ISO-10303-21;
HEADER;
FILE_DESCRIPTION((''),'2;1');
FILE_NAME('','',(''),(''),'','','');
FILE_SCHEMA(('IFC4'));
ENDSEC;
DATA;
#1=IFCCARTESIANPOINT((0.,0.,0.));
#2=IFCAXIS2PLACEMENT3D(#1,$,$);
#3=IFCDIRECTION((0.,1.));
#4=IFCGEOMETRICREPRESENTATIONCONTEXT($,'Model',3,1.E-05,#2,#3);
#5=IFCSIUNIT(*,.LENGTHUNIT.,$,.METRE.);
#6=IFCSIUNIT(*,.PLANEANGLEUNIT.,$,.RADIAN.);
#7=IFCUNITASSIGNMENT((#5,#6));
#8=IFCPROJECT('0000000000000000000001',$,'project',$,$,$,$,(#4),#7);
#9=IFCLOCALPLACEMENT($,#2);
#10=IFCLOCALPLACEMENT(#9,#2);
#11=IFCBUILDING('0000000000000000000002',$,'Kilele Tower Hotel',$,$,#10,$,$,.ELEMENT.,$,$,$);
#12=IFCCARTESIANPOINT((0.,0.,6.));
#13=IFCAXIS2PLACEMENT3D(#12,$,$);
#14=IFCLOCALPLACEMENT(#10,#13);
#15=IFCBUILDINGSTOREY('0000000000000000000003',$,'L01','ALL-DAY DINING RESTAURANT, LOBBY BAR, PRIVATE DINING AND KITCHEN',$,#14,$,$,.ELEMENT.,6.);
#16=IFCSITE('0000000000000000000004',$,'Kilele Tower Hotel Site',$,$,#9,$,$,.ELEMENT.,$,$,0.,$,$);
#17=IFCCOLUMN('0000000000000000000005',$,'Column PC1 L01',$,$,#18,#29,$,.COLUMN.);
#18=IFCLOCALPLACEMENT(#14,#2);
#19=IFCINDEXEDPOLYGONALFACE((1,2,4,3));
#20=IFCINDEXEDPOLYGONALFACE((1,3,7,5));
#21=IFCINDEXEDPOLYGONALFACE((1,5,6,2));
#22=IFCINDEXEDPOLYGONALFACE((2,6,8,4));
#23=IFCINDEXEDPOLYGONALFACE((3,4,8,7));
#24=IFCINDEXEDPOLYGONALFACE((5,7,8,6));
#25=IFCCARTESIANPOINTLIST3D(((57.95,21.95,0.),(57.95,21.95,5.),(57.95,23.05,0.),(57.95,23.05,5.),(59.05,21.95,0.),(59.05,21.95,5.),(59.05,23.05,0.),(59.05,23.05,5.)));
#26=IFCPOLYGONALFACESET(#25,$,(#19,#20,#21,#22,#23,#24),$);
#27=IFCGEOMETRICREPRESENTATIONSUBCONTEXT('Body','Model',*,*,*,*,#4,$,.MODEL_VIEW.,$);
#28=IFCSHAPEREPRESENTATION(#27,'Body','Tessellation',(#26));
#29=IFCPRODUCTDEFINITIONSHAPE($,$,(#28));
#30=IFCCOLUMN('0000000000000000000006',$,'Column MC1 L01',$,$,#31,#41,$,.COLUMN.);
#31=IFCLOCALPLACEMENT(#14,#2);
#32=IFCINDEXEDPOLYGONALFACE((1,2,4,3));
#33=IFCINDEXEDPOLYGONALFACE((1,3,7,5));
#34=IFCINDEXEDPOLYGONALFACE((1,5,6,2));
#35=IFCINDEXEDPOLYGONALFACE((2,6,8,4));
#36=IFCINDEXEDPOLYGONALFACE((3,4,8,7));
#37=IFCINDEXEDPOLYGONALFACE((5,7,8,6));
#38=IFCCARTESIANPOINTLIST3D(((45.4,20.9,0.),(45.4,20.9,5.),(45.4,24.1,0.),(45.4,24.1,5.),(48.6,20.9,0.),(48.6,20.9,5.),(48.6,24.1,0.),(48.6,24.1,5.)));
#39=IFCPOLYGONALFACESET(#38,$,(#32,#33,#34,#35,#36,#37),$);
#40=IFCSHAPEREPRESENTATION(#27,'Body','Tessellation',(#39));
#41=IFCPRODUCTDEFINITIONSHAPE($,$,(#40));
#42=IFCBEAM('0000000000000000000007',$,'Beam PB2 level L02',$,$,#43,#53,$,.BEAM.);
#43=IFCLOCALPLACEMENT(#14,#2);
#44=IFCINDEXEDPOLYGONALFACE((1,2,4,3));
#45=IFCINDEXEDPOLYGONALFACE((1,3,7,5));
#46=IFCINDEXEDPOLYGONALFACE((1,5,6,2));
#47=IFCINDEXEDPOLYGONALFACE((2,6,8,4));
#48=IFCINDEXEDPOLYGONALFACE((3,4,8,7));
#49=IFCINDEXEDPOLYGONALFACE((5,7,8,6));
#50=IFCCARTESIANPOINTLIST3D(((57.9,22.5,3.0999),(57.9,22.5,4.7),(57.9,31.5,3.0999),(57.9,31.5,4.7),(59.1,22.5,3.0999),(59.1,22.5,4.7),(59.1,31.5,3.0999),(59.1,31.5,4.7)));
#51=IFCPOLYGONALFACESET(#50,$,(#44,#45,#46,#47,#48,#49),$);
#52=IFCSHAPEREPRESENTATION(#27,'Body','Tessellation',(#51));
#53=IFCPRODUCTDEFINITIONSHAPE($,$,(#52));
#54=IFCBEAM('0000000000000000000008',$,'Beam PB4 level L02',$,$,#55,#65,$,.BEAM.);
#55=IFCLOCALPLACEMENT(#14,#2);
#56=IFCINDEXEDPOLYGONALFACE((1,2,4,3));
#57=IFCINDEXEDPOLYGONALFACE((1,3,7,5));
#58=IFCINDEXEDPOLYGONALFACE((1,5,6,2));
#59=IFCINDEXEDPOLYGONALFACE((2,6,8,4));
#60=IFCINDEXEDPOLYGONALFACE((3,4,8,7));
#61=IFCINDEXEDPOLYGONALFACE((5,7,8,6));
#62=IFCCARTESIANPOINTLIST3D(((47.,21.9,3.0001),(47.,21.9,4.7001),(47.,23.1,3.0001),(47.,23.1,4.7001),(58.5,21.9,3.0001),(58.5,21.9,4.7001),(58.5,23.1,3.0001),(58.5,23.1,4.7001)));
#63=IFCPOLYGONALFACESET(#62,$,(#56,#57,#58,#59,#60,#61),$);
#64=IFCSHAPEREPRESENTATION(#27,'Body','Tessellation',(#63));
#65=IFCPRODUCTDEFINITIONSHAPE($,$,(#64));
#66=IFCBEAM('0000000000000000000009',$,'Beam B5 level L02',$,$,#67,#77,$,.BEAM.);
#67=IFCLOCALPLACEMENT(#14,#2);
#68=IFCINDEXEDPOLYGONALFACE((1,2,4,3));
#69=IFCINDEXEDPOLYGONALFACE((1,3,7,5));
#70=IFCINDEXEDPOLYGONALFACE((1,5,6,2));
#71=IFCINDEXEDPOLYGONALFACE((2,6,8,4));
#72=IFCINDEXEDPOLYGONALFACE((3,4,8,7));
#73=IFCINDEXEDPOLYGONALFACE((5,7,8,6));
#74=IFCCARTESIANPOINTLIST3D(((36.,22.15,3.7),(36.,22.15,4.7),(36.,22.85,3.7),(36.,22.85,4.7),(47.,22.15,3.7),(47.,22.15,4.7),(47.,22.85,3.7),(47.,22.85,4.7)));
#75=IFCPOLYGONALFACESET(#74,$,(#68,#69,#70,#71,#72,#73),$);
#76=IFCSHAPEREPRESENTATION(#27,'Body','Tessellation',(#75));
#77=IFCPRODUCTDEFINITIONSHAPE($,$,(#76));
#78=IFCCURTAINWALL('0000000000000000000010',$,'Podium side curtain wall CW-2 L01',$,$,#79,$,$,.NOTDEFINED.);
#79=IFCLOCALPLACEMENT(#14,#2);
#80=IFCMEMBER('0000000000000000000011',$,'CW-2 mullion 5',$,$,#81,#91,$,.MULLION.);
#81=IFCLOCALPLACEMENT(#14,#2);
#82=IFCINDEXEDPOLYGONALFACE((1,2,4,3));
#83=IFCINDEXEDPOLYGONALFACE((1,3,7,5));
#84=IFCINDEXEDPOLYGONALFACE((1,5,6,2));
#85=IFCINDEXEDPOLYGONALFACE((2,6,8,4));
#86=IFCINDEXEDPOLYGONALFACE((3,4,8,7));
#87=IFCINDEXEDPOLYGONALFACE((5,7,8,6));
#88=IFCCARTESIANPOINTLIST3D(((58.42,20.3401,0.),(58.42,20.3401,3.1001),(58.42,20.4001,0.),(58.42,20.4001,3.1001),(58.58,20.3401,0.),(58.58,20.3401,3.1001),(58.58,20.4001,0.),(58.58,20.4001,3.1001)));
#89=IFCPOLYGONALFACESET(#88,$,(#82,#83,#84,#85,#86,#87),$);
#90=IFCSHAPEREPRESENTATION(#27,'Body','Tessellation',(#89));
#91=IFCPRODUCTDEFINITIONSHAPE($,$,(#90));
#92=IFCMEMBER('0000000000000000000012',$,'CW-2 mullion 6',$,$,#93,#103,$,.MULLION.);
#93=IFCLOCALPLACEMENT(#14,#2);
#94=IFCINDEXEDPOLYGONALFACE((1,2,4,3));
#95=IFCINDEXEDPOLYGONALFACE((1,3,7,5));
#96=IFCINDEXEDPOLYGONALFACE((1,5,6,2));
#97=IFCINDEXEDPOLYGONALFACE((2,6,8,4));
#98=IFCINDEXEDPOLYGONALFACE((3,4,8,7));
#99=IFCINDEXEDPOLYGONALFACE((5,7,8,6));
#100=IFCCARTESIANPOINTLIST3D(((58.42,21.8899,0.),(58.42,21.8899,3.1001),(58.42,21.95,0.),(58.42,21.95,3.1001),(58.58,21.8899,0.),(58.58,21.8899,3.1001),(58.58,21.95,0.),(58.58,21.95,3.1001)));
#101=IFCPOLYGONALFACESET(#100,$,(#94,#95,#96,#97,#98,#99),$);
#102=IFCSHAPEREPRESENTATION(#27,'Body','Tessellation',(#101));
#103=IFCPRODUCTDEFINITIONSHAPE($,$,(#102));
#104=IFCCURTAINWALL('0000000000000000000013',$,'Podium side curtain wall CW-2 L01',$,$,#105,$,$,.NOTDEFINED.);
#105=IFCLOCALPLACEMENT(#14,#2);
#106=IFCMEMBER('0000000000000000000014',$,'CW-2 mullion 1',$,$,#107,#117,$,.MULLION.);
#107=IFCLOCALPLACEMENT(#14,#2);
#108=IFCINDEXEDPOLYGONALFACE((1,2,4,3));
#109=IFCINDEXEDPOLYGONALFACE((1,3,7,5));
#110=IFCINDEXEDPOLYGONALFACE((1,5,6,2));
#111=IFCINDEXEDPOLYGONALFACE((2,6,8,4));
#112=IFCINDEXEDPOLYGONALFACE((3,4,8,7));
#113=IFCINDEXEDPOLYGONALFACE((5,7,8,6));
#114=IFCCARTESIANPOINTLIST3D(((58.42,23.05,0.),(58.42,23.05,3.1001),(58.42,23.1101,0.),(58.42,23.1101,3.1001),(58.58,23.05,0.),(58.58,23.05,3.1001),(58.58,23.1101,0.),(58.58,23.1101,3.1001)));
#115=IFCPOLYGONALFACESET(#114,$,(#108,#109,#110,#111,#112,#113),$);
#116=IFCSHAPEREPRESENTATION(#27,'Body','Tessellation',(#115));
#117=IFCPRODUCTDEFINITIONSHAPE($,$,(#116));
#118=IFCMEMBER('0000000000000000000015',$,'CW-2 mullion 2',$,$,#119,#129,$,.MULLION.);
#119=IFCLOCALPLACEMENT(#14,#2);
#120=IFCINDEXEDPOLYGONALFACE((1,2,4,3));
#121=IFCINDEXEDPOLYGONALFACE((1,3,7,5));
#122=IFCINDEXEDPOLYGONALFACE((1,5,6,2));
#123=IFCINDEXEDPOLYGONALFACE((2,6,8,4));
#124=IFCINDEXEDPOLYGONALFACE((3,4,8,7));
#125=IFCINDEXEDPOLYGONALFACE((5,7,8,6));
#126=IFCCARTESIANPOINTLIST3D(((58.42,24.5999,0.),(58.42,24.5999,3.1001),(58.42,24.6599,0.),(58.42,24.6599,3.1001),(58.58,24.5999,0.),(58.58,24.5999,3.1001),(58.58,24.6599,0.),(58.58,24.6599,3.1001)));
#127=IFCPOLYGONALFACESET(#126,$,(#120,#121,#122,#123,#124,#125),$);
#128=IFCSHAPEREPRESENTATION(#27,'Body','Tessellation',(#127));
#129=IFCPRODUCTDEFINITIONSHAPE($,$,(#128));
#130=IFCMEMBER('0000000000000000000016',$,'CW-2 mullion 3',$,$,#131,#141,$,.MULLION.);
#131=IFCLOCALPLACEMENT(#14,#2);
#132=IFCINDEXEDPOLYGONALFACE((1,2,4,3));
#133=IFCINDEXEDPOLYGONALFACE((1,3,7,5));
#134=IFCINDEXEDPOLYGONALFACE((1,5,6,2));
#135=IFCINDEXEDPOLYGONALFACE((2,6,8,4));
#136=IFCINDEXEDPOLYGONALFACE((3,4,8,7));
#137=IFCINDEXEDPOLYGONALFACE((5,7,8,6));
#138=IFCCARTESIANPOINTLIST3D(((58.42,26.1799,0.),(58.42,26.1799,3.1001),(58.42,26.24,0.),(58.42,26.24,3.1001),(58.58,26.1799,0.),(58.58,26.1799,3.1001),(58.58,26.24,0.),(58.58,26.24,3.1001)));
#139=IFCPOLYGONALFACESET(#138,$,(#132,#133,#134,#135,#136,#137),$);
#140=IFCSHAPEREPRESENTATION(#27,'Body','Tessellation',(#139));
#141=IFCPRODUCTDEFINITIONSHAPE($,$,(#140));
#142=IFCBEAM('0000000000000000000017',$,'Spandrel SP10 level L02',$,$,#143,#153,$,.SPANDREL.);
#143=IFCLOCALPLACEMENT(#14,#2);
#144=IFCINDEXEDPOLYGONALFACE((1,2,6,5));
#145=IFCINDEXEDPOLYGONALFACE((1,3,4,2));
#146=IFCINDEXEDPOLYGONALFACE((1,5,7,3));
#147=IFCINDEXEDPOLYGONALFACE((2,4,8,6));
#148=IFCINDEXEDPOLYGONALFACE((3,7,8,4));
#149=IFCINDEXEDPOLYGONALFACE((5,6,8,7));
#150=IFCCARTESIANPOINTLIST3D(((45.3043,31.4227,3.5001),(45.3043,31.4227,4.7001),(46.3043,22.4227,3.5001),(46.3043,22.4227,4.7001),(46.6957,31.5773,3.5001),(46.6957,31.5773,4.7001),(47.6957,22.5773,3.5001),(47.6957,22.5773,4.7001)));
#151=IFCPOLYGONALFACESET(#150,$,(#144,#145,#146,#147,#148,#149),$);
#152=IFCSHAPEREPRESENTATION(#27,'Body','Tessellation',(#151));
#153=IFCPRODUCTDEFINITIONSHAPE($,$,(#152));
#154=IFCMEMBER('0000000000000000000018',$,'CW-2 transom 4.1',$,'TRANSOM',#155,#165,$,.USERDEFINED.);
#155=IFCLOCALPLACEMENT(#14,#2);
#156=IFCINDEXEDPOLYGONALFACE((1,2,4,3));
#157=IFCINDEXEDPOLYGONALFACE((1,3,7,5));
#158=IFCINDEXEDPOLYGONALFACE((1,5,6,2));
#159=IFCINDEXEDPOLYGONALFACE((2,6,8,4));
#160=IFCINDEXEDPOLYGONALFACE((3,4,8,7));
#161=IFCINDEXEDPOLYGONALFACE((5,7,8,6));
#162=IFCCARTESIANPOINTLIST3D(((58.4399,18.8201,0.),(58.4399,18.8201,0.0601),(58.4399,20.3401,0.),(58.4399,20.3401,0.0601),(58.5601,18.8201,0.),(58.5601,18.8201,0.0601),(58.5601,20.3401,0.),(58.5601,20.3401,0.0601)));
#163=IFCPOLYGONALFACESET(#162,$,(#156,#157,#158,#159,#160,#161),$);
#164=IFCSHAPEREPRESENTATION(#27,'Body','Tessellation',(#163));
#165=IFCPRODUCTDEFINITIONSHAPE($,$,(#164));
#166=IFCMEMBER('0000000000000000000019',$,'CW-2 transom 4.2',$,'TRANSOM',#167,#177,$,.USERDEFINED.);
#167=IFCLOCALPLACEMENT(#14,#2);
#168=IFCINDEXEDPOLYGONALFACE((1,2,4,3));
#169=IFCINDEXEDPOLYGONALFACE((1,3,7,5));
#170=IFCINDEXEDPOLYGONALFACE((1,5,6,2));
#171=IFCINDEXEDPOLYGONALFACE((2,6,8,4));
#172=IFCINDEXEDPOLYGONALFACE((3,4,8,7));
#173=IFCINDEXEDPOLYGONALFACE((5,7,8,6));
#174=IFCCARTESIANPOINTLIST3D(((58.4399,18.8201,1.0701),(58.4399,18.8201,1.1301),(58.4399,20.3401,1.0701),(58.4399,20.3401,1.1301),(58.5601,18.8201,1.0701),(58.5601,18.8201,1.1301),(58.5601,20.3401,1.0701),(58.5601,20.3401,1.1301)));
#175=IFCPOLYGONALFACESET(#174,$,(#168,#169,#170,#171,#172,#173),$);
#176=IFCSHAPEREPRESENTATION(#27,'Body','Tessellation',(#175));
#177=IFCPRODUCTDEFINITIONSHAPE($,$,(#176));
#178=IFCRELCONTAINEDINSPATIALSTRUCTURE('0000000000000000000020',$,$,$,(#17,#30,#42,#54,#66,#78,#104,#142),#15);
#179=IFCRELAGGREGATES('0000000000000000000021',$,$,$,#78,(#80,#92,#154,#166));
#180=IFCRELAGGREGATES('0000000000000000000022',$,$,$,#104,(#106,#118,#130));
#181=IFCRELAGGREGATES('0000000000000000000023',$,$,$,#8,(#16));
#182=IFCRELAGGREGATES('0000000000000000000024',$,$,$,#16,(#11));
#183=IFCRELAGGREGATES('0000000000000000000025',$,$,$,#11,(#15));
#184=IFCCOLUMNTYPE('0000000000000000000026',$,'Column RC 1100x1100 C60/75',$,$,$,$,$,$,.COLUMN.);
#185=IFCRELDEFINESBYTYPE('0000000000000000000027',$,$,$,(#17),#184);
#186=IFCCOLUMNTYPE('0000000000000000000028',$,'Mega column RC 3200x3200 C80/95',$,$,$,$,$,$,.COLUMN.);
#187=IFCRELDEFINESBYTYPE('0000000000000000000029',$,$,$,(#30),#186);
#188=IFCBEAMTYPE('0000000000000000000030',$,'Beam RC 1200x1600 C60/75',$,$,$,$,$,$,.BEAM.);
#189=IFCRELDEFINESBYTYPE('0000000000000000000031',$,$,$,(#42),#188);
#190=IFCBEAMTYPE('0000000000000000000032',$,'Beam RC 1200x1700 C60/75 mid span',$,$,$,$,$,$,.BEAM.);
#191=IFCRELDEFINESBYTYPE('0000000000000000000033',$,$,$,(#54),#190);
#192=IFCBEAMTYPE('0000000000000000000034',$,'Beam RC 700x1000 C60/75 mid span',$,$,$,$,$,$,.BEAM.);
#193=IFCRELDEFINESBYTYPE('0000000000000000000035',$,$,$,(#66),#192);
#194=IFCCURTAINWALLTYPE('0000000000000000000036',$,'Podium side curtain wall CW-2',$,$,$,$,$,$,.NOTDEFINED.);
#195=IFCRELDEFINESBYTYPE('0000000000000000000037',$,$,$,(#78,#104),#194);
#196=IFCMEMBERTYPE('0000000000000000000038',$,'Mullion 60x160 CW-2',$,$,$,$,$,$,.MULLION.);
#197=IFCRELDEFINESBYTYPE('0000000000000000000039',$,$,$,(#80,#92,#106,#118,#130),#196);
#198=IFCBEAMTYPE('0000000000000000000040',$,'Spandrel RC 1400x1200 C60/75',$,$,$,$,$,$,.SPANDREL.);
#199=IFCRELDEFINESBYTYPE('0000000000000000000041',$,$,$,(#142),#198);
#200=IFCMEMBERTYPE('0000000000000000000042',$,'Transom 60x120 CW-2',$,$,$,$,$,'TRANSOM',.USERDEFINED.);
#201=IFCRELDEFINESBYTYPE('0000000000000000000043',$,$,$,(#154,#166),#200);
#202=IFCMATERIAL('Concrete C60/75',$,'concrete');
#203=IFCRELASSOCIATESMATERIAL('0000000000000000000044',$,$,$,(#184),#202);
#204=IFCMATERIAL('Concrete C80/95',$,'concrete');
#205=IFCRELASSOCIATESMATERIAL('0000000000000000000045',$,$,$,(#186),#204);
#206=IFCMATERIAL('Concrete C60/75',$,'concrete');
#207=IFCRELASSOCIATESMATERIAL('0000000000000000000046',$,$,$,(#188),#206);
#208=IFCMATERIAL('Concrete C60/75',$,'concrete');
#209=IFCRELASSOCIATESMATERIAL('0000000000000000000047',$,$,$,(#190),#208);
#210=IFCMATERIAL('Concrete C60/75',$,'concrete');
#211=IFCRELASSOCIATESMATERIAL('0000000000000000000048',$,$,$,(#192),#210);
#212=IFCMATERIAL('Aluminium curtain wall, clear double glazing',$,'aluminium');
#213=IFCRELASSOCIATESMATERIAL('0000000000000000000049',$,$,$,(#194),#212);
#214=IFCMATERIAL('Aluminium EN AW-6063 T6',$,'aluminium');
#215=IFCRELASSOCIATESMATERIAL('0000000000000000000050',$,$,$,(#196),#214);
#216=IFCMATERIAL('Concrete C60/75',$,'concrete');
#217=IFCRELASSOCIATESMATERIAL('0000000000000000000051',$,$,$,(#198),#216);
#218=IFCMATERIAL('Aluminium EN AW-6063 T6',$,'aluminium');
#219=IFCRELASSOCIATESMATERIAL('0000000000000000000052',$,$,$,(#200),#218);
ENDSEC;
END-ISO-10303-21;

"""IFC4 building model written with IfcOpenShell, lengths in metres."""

from ifc_helpers import new_model, si_unit, direction, frame, origin, origin_2d, place, context, subcontext, project, spatial, rectangle, extrude, material, material_profile, profile_set, type_object, element, aggregate, save


model = new_model("IFC4")

# Units and contexts
model_context = context("Model", 3, precision=1e-05, world=origin(), true_north=direction((0.0, 1.0)))
body_context = subcontext(model_context, "Body", "Model", "MODEL_VIEW")
ifc_project = project(units=[si_unit("LENGTHUNIT", "METRE"), si_unit("PLANEANGLEUNIT", "RADIAN")], contexts=[model_context])

# Site, building, storey
site_placement = place(None, origin())
site = spatial("IfcSite", under=ifc_project, at=site_placement, Name="Kilele Tower Hotel Site", CompositionType="ELEMENT", RefElevation=0.0)
building_placement = place(site_placement, origin())
building = spatial("IfcBuilding", under=site, at=building_placement, Name="Kilele Tower Hotel", CompositionType="ELEMENT")
storey_placement = place(building_placement, frame((0.0, 0.0, 6.0)))
storey = spatial("IfcBuildingStorey", under=building, at=storey_placement, Name="L01", Description="ALL-DAY DINING RESTAURANT, LOBBY BAR, PRIVATE DINING AND KITCHEN", CompositionType="ELEMENT", Elevation=6.0)

# Columns
ifc_material_1 = material(Name="Concrete C60/75", Category="concrete")
ifc_material_profile_1 = material_profile(ifc_material_1, rectangle(XDim=1.1001, YDim=1.1001, at=origin_2d()))
ifc_profile_set_1 = profile_set([ifc_material_profile_1], Name="Concrete C60/75")
column_type_1 = type_object("IfcColumnType", Name="Column RC 1100x1100 C60/75", PredefinedType="COLUMN", material=ifc_profile_set_1)
column_1_placement = place(storey_placement, frame((58.5, 22.5, 0.0), z_axis=(0.0, 0.0, 1.0), x_axis=(1.0, 0.0, 0.0)))
element("IfcColumn", 1, at=column_1_placement, inside=storey, type_object=column_type_1, Name="Column PC1 L01", PredefinedType="COLUMN", context=body_context, shape_type="SweptSolid", body=[
    extrude(rectangle(XDim=1.1001, YDim=1.1001, at=origin_2d()), origin(), (0.0, 0.0, 1.0), 5.0),
])
ifc_material_2 = material(Name="Concrete C80/95", Category="concrete")
ifc_material_profile_2 = material_profile(ifc_material_2, rectangle(XDim=3.2, YDim=3.2, at=origin_2d()))
ifc_profile_set_2 = profile_set([ifc_material_profile_2], Name="Concrete C80/95")
column_type_2 = type_object("IfcColumnType", Name="Mega column RC 3200x3200 C80/95", PredefinedType="COLUMN", material=ifc_profile_set_2)
column_2_placement = place(storey_placement, frame((47.0, 22.5, 0.0), z_axis=(0.0, 0.0, 1.0), x_axis=(1.0, 0.0, 0.0)))
element("IfcColumn", 2, at=column_2_placement, inside=storey, type_object=column_type_2, Name="Column MC1 L01", PredefinedType="COLUMN", context=body_context, shape_type="SweptSolid", body=[
    extrude(rectangle(XDim=3.2, YDim=3.2, at=origin_2d()), origin(), (0.0, 0.0, 1.0), 5.0),
])

# Beams
ifc_material_3 = material(Name="Concrete C60/75", Category="concrete")
ifc_material_profile_3 = material_profile(ifc_material_3, rectangle(XDim=1.2, YDim=1.6001, at=origin_2d()))
ifc_profile_set_3 = profile_set([ifc_material_profile_3], Name="Concrete C60/75")
beam_type_1 = type_object("IfcBeamType", Name="Beam RC 1200x1600 C60/75", PredefinedType="BEAM", material=ifc_profile_set_3)
beam_1_placement = place(storey_placement, frame((58.5, 22.5, 3.8999), z_axis=(0.0, 1.0, 0.0), x_axis=(-1.0, 0.0, 0.0)))
element("IfcBeam", 3, at=beam_1_placement, inside=storey, type_object=beam_type_1, Name="Beam PB2 level L02", PredefinedType="BEAM", context=body_context, shape_type="SweptSolid", body=[
    extrude(rectangle(XDim=1.2, YDim=1.6001, at=origin_2d()), origin(), (0.0, 0.0, 1.0), 9.0),
])
ifc_material_4 = material(Name="Concrete C60/75", Category="concrete")
ifc_material_profile_4 = material_profile(ifc_material_4, rectangle(XDim=1.2, YDim=1.7, at=origin_2d()))
ifc_profile_set_4 = profile_set([ifc_material_profile_4], Name="Concrete C60/75")
beam_type_2 = type_object("IfcBeamType", Name="Beam RC 1200x1700 C60/75 mid span", PredefinedType="BEAM", material=ifc_profile_set_4)
beam_2_placement = place(storey_placement, frame((47.0, 22.5, 3.8501), z_axis=(1.0, 0.0, 0.0), x_axis=(0.0, 1.0, 0.0)))
element("IfcBeam", 4, at=beam_2_placement, inside=storey, type_object=beam_type_2, Name="Beam PB4 level L02", PredefinedType="BEAM", context=body_context, shape_type="SweptSolid", body=[
    extrude(rectangle(XDim=1.2, YDim=1.7, at=origin_2d()), origin(), (0.0, 0.0, 1.0), 11.5),
])
ifc_material_5 = material(Name="Concrete C60/75", Category="concrete")
ifc_material_profile_5 = material_profile(ifc_material_5, rectangle(XDim=0.7, YDim=1.0, at=origin_2d()))
ifc_profile_set_5 = profile_set([ifc_material_profile_5], Name="Concrete C60/75")
beam_type_3 = type_object("IfcBeamType", Name="Beam RC 700x1000 C60/75 mid span", PredefinedType="BEAM", material=ifc_profile_set_5)
beam_3_placement = place(storey_placement, frame((47.0, 22.5, 4.2), z_axis=(-1.0, 0.0, 0.0), x_axis=(0.0, -1.0, 0.0)))
element("IfcBeam", 5, at=beam_3_placement, inside=storey, type_object=beam_type_3, Name="Beam B5 level L02", PredefinedType="BEAM", context=body_context, shape_type="SweptSolid", body=[
    extrude(rectangle(XDim=0.7, YDim=1.0, at=origin_2d()), origin(), (0.0, 0.0, 1.0), 11.0),
])

# Curtain walls, members
ifc_material_6 = material(Name="Aluminium curtain wall, clear double glazing", Category="aluminium")
curtain_wall_type = type_object("IfcCurtainWallType", Name="Podium side curtain wall CW-2", PredefinedType="NOTDEFINED", material=ifc_material_6)
curtain_wall_1_placement = place(storey_placement, origin())
curtain_wall_1 = element("IfcCurtainWall", 6, at=curtain_wall_1_placement, inside=storey, type_object=curtain_wall_type, Name="Podium side curtain wall CW-2 L01", PredefinedType="NOTDEFINED")
ifc_material_7 = material(Name="Aluminium EN AW-6063 T6", Category="aluminium")
ifc_material_profile_6 = material_profile(ifc_material_7, rectangle(XDim=0.1599, YDim=0.0601, at=origin_2d()))
ifc_profile_set_6 = profile_set([ifc_material_profile_6], Name="Aluminium EN AW-6063 T6")
member_type_1 = type_object("IfcMemberType", Name="Mullion 60x160 CW-2", PredefinedType="MULLION", material=ifc_profile_set_6)
member_1_placement = place(storey_placement, frame((58.5, 20.3701, 0.0), z_axis=(0.0, 0.0, 1.0), x_axis=(-1.0, 0.0, 0.0)))
member_1 = element("IfcMember", 7, at=member_1_placement, type_object=member_type_1, Name="CW-2 mullion 5", PredefinedType="MULLION", context=body_context, shape_type="SweptSolid", body=[
    extrude(rectangle(XDim=0.1599, YDim=0.0601, at=origin_2d()), origin(), (0.0, 0.0, 1.0), 3.1001),
])
member_2_placement = place(storey_placement, frame((58.5, 21.9199, 0.0), z_axis=(0.0, 0.0, 1.0), x_axis=(-1.0, 0.0, 0.0)))
member_2 = element("IfcMember", 8, at=member_2_placement, type_object=member_type_1, Name="CW-2 mullion 6", PredefinedType="MULLION", context=body_context, shape_type="SweptSolid", body=[
    extrude(rectangle(XDim=0.1599, YDim=0.0601, at=origin_2d()), origin(), (0.0, 0.0, 1.0), 3.1001),
])
curtain_wall_2_placement = place(storey_placement, origin())
curtain_wall_2 = element("IfcCurtainWall", 9, at=curtain_wall_2_placement, inside=storey, type_object=curtain_wall_type, Name="Podium side curtain wall CW-2 L01", PredefinedType="NOTDEFINED")
member_3_placement = place(storey_placement, frame((58.5, 23.0801, 0.0), z_axis=(0.0, 0.0, 1.0), x_axis=(-1.0, 0.0, 0.0)))
member_3 = element("IfcMember", 10, at=member_3_placement, type_object=member_type_1, Name="CW-2 mullion 1", PredefinedType="MULLION", context=body_context, shape_type="SweptSolid", body=[
    extrude(rectangle(XDim=0.1599, YDim=0.0601, at=origin_2d()), origin(), (0.0, 0.0, 1.0), 3.1001),
])
member_4_placement = place(storey_placement, frame((58.5, 24.6299, 0.0), z_axis=(0.0, 0.0, 1.0), x_axis=(-1.0, 0.0, 0.0)))
member_4 = element("IfcMember", 11, at=member_4_placement, type_object=member_type_1, Name="CW-2 mullion 2", PredefinedType="MULLION", context=body_context, shape_type="SweptSolid", body=[
    extrude(rectangle(XDim=0.1599, YDim=0.0601, at=origin_2d()), origin(), (0.0, 0.0, 1.0), 3.1001),
])
member_5_placement = place(storey_placement, frame((58.5, 26.21, 0.0), z_axis=(0.0, 0.0, 1.0), x_axis=(-1.0, 0.0, 0.0)))
member_5 = element("IfcMember", 12, at=member_5_placement, type_object=member_type_1, Name="CW-2 mullion 3", PredefinedType="MULLION", context=body_context, shape_type="SweptSolid", body=[
    extrude(rectangle(XDim=0.1599, YDim=0.0601, at=origin_2d()), origin(), (0.0, 0.0, 1.0), 3.1001),
])

# Beam
ifc_material_8 = material(Name="Concrete C60/75", Category="concrete")
ifc_material_profile_7 = material_profile(ifc_material_8, rectangle(XDim=1.3999, YDim=1.2, at=origin_2d()))
ifc_profile_set_7 = profile_set([ifc_material_profile_7], Name="Concrete C60/75")
beam_type_4 = type_object("IfcBeamType", Name="Spandrel RC 1400x1200 C60/75", PredefinedType="SPANDREL", material=ifc_profile_set_7)
beam_4_placement = place(storey_placement, frame((47.0, 22.5, 4.1001), z_axis=(-0.110432, 0.993884, 0.0), x_axis=(-0.993884, -0.110432, 0.0)))
element("IfcBeam", 13, at=beam_4_placement, inside=storey, type_object=beam_type_4, Name="Spandrel SP10 level L02", PredefinedType="SPANDREL", context=body_context, shape_type="SweptSolid", body=[
    extrude(rectangle(XDim=1.3999, YDim=1.2, at=origin_2d()), origin(), (0.0, 0.0, 1.0), 9.0554),
])

# Members
ifc_material_9 = material(Name="Aluminium EN AW-6063 T6", Category="aluminium")
ifc_material_profile_8 = material_profile(ifc_material_9, rectangle(XDim=0.1201, YDim=0.0601, at=origin_2d()))
ifc_profile_set_8 = profile_set([ifc_material_profile_8], Name="Aluminium EN AW-6063 T6")
member_type_2 = type_object("IfcMemberType", Name="Transom 60x120 CW-2", ElementType="TRANSOM", PredefinedType="USERDEFINED", material=ifc_profile_set_8)
member_6_placement = place(storey_placement, frame((58.5, 18.8201, 0.03), z_axis=(0.0, 1.0, 0.0), x_axis=(-1.0, 0.0, 0.0)))
member_6 = element("IfcMember", 14, at=member_6_placement, type_object=member_type_2, Name="CW-2 transom 4.1", ObjectType="TRANSOM", PredefinedType="USERDEFINED", context=body_context, shape_type="SweptSolid", body=[
    extrude(rectangle(XDim=0.1201, YDim=0.0601, at=origin_2d()), origin(), (0.0, 0.0, 1.0), 1.52),
])
member_7_placement = place(storey_placement, frame((58.5, 18.8201, 1.1001), z_axis=(0.0, 1.0, 0.0), x_axis=(-1.0, 0.0, 0.0)))
member_7 = element("IfcMember", 15, at=member_7_placement, type_object=member_type_2, Name="CW-2 transom 4.2", ObjectType="TRANSOM", PredefinedType="USERDEFINED", context=body_context, shape_type="SweptSolid", body=[
    extrude(rectangle(XDim=0.1201, YDim=0.0601, at=origin_2d()), origin(), (0.0, 0.0, 1.0), 1.52),
])

aggregate(curtain_wall_1, [member_1, member_2, member_6, member_7])
aggregate(curtain_wall_2, [member_3, member_4, member_5])

save(model, "model.ifc")
